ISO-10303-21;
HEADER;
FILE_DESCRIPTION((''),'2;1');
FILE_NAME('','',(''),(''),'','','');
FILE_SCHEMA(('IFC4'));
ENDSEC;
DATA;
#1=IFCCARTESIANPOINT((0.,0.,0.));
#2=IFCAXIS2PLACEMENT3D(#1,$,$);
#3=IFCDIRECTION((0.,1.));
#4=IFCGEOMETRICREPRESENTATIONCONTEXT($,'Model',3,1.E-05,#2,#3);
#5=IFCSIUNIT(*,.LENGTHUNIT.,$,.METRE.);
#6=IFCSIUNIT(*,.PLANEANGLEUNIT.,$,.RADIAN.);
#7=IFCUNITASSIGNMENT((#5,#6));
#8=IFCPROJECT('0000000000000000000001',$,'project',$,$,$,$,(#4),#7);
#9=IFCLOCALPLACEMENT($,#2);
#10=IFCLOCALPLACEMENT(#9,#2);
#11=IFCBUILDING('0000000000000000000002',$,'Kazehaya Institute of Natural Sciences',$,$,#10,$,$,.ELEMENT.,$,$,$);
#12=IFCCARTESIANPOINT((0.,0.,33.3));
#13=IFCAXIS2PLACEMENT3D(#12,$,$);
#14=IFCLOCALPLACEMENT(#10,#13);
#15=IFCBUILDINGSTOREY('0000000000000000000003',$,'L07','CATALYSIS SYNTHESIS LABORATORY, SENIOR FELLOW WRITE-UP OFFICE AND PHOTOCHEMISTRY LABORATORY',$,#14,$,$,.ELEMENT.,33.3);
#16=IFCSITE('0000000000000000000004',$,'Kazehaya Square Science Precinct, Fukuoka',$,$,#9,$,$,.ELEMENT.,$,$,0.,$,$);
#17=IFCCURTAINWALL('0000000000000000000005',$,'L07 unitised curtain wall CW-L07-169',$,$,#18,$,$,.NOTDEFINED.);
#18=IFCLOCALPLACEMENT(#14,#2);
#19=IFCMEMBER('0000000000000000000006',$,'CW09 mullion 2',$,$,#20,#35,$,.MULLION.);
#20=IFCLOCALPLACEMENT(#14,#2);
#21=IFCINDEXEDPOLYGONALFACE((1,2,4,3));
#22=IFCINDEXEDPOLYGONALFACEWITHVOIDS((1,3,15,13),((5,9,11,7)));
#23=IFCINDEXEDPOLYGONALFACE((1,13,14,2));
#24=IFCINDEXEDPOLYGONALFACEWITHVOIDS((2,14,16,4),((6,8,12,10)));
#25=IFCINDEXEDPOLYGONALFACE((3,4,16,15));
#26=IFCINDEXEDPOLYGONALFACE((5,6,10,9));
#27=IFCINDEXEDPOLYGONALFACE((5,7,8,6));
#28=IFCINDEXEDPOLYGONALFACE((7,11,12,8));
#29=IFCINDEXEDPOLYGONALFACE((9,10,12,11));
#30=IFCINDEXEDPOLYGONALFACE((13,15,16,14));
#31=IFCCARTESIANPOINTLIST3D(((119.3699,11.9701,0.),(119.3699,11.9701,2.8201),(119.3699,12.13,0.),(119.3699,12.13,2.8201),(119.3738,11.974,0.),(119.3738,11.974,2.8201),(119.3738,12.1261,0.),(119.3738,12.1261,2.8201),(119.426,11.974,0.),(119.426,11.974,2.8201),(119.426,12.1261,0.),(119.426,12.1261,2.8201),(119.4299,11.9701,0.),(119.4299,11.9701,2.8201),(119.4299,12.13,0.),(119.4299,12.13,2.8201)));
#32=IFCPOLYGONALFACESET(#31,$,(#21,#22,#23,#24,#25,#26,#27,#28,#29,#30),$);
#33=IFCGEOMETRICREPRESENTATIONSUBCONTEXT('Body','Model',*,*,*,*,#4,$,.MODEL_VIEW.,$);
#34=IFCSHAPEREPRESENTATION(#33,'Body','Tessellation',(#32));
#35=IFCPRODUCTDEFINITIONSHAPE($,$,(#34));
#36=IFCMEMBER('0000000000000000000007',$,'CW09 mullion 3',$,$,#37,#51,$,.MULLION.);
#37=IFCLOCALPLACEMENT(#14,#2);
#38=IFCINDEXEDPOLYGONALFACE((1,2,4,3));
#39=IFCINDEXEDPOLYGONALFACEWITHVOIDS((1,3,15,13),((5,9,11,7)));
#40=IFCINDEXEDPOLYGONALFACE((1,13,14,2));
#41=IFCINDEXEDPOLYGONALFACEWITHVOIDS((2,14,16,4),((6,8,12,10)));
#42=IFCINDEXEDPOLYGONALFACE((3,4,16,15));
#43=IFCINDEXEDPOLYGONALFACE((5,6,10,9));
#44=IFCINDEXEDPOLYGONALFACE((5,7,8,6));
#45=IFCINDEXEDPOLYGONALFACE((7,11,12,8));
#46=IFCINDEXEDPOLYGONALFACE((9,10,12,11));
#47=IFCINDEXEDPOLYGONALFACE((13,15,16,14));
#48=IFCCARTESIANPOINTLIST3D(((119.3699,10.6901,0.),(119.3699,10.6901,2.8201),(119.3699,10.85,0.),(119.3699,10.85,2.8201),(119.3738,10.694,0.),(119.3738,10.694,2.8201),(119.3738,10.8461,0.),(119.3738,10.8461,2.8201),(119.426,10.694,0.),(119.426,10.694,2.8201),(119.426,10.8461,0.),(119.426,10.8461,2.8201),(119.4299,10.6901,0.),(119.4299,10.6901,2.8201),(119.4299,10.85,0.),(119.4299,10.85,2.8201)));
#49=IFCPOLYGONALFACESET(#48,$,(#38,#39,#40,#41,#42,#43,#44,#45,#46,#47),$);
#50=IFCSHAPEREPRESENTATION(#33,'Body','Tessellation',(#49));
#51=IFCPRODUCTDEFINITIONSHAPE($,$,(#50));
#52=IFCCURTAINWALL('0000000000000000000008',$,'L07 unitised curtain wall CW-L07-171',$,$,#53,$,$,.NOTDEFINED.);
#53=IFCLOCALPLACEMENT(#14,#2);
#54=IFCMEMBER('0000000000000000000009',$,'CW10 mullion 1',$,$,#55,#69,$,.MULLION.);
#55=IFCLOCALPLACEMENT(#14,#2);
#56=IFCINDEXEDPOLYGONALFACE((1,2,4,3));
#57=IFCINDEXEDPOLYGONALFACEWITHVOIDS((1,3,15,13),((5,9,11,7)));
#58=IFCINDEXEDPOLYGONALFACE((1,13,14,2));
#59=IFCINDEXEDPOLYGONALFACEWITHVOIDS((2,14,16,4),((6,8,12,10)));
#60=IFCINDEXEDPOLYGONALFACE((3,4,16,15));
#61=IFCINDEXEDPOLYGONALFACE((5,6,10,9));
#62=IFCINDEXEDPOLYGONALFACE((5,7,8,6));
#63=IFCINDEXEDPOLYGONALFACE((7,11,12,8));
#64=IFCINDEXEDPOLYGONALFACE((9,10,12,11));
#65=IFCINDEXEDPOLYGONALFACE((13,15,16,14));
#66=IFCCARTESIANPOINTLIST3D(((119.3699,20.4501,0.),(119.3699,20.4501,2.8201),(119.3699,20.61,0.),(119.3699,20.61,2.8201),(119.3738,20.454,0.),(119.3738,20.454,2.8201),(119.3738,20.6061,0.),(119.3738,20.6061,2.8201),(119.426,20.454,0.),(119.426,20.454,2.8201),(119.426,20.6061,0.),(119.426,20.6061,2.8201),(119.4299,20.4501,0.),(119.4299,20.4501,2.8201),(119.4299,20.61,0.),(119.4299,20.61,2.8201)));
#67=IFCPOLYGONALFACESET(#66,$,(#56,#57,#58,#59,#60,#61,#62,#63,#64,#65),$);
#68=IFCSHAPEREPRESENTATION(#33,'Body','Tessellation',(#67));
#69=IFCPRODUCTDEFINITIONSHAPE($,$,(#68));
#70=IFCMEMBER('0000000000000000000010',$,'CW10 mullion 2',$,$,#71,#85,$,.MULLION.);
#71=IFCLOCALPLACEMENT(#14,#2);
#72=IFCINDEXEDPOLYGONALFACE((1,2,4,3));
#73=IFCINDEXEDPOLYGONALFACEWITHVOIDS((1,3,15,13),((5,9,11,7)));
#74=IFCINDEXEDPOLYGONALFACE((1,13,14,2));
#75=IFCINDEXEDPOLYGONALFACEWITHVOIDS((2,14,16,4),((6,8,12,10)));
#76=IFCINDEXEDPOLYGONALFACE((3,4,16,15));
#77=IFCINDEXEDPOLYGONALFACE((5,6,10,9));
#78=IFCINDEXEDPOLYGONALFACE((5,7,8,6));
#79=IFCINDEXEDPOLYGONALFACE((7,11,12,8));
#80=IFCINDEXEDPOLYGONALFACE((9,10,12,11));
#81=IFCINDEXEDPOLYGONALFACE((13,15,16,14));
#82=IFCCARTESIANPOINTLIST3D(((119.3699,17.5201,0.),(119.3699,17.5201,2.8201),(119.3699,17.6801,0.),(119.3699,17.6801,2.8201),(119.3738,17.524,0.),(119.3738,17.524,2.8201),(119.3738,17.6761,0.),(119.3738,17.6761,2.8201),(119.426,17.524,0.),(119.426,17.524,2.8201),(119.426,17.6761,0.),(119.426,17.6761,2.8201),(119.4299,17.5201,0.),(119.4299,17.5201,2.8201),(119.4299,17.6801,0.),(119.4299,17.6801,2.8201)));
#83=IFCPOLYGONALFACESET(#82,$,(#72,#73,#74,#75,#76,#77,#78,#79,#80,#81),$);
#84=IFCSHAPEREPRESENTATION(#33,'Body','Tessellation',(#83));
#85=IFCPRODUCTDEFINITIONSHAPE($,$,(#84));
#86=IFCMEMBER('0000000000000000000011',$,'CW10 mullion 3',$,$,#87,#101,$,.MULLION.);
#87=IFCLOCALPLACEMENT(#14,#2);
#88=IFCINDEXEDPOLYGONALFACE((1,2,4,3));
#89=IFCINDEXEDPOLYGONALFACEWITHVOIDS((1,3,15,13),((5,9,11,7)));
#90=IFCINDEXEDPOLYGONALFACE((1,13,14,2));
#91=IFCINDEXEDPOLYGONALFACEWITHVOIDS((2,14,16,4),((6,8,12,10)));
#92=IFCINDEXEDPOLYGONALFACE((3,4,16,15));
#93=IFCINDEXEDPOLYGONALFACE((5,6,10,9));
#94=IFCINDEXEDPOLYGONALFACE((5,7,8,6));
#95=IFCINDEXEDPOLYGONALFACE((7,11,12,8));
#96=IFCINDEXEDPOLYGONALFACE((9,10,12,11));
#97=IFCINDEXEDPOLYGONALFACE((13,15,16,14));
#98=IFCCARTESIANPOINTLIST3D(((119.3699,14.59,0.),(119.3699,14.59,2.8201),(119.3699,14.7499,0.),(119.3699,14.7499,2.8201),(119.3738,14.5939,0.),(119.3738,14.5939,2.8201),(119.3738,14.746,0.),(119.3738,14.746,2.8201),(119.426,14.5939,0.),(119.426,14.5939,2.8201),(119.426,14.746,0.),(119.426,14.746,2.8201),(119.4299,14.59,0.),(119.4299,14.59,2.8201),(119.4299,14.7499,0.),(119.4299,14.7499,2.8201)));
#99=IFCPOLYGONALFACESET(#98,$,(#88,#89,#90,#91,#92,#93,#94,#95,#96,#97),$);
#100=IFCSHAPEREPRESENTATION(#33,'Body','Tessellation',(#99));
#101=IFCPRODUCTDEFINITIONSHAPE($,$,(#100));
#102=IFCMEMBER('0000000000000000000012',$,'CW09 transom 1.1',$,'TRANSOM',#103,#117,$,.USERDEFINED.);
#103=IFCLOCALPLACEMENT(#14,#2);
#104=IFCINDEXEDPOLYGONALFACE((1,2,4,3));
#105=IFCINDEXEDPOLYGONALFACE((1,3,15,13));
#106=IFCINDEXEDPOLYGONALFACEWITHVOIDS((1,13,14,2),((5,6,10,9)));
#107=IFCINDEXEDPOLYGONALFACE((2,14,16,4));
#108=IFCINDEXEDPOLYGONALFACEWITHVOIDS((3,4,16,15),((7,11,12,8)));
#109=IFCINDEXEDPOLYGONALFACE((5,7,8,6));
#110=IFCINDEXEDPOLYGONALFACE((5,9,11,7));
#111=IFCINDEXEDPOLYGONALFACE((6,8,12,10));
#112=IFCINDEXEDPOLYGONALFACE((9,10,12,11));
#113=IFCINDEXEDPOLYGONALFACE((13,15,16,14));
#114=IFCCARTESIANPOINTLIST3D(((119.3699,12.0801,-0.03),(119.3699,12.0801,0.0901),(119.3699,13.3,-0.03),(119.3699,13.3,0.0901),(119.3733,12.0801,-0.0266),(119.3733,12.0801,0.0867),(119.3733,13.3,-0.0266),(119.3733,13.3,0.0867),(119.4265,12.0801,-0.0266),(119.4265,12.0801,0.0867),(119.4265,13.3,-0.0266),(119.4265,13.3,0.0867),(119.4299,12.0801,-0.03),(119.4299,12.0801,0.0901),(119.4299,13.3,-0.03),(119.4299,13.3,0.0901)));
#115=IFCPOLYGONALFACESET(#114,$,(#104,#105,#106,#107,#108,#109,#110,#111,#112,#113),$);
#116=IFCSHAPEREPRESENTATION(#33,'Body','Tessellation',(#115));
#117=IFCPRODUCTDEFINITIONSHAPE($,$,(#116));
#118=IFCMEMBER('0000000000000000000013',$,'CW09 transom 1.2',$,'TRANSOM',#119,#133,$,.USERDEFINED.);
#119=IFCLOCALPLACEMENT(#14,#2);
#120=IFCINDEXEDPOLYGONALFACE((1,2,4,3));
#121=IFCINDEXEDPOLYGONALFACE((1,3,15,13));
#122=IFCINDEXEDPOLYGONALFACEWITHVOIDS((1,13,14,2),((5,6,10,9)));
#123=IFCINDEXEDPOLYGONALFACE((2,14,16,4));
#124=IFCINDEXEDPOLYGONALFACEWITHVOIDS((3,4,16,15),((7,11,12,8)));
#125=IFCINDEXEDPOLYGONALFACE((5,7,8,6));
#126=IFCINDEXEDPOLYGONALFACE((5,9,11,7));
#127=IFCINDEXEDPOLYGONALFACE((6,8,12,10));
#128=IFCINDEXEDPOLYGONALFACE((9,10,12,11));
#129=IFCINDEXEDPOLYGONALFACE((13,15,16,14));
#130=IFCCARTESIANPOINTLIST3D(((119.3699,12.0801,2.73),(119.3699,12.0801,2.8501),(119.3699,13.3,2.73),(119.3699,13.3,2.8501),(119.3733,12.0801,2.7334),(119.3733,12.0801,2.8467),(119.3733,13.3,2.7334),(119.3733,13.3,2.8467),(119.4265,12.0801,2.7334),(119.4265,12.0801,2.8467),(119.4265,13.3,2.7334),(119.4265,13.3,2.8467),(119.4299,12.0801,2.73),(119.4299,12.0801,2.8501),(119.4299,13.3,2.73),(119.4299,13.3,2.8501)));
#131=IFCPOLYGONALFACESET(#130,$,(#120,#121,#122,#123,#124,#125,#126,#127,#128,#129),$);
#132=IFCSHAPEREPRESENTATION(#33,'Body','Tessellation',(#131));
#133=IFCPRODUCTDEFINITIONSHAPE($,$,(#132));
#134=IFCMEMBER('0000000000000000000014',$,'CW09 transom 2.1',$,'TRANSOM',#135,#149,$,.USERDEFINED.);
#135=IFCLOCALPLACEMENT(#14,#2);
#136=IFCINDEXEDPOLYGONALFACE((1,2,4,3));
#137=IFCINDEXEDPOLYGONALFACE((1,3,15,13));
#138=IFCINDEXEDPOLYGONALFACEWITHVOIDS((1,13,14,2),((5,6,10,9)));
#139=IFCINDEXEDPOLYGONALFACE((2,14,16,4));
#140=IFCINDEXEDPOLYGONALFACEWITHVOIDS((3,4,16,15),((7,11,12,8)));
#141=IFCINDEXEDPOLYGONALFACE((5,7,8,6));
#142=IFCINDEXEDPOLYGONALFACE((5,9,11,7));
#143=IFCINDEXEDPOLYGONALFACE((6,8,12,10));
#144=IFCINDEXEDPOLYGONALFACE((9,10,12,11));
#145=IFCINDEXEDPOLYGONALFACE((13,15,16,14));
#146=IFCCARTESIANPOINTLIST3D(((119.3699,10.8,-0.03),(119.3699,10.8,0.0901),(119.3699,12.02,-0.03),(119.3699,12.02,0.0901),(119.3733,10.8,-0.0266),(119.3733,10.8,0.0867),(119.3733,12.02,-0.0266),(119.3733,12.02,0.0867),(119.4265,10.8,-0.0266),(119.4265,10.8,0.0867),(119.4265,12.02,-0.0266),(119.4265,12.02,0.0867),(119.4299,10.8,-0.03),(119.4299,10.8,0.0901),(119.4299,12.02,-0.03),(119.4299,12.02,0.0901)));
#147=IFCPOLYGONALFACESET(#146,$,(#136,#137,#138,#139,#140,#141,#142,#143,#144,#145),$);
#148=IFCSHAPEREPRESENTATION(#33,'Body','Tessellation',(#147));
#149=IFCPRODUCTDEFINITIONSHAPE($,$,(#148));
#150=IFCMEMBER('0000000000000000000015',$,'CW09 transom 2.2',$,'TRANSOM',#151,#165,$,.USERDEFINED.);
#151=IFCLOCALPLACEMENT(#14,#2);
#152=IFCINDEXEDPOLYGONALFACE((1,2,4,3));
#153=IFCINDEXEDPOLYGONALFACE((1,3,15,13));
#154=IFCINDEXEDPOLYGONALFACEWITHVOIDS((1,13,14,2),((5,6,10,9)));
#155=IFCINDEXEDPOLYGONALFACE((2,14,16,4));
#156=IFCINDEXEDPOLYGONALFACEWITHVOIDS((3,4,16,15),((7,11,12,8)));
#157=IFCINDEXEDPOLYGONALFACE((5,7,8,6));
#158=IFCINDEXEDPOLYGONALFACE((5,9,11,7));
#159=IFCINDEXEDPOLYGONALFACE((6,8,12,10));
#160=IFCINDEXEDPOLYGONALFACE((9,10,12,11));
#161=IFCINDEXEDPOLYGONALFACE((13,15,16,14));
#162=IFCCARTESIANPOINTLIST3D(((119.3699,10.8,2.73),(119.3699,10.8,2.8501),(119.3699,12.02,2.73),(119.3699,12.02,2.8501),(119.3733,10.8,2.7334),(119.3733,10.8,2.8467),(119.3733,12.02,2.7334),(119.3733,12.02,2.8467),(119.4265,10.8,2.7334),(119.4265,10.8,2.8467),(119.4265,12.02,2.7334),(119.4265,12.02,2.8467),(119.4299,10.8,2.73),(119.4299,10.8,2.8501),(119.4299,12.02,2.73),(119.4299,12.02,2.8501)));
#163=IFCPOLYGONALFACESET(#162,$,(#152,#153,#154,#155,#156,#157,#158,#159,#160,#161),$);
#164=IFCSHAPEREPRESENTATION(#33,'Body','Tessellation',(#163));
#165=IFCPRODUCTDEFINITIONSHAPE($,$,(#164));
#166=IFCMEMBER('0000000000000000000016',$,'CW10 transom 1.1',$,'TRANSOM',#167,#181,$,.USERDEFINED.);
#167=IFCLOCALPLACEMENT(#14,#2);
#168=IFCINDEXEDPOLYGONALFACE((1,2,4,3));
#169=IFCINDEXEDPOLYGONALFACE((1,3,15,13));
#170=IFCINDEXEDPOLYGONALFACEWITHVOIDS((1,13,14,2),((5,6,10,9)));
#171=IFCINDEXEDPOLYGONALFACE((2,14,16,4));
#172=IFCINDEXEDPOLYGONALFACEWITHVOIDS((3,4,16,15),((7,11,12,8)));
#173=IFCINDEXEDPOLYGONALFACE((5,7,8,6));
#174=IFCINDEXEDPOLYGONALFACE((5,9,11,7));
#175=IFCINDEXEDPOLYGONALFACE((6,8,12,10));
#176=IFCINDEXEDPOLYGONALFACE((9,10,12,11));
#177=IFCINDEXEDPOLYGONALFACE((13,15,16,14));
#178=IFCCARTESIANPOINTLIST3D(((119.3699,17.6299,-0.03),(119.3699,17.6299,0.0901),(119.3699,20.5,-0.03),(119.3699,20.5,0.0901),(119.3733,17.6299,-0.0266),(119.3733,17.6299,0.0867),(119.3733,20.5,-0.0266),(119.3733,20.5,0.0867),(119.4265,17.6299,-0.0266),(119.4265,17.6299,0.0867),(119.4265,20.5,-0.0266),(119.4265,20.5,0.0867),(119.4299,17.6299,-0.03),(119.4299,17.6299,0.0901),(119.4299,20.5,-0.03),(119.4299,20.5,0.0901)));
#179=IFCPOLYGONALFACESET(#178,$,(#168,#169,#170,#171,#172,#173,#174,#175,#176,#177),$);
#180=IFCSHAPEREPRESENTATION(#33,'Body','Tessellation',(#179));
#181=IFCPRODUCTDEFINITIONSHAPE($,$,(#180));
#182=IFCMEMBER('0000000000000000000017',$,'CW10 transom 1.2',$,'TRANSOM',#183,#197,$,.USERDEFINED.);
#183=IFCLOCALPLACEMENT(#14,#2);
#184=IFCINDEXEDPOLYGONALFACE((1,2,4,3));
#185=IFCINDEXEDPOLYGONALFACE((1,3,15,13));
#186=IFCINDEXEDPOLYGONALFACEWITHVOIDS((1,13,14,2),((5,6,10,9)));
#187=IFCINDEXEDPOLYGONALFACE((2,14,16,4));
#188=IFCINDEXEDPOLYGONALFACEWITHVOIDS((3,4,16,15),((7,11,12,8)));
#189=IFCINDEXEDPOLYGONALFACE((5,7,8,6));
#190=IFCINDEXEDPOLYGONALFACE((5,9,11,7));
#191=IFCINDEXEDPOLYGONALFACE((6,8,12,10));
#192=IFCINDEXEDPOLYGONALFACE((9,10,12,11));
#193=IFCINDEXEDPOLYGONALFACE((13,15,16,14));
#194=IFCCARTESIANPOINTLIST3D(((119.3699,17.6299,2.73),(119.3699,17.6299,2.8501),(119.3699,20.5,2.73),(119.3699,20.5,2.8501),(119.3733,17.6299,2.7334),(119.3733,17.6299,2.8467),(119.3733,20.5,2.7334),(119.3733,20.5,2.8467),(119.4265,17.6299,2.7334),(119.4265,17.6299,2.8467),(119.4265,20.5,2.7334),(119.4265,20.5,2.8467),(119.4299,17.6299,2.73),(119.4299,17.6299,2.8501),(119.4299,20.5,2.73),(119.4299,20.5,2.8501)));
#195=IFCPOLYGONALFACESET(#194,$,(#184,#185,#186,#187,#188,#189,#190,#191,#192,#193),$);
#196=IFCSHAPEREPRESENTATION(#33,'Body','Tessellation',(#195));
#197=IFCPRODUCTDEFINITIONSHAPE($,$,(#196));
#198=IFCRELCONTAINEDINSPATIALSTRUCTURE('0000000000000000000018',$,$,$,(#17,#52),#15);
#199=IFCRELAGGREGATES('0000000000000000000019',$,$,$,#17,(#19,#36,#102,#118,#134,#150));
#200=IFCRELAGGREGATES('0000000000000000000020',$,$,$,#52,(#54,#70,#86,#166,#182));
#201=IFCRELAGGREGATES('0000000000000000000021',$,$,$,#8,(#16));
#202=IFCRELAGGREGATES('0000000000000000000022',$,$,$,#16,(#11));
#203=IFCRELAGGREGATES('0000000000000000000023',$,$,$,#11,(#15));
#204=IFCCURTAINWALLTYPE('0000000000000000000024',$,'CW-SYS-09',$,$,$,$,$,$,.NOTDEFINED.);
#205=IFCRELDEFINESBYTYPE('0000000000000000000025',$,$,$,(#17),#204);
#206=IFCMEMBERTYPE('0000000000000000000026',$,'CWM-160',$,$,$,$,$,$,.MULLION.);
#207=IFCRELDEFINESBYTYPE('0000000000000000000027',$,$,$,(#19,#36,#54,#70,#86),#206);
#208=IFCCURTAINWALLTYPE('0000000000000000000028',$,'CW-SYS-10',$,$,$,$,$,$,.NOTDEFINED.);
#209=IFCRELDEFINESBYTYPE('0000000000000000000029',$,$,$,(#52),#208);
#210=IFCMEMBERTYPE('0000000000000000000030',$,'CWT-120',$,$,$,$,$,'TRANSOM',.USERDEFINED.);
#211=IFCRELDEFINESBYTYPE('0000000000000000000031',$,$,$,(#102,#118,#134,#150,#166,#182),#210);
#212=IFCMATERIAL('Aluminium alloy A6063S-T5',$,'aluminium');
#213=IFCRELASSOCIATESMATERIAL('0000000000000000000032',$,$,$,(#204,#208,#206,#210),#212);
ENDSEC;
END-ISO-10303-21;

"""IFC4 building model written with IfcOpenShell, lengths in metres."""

from ifc_helpers import new_model, si_unit, direction, frame, origin, origin_2d, place, context, subcontext, project, spatial, hollow_rectangle, extrude, material, material_profile, profile_set, type_object, element, aggregate, save


model = new_model("IFC4")

# Units and contexts
model_context = context("Model", 3, precision=1e-05, world=origin(), true_north=direction((0.0, 1.0)))
body_context = subcontext(model_context, "Body", "Model", "MODEL_VIEW")
ifc_project = project(units=[si_unit("LENGTHUNIT", "METRE"), si_unit("PLANEANGLEUNIT", "RADIAN")], contexts=[model_context])

# Site, building, storey
site_placement = place(None, origin())
site = spatial("IfcSite", under=ifc_project, at=site_placement, Name="Kazehaya Square Science Precinct, Fukuoka", CompositionType="ELEMENT", RefElevation=0.0)
building_placement = place(site_placement, origin())
building = spatial("IfcBuilding", under=site, at=building_placement, Name="Kazehaya Institute of Natural Sciences", CompositionType="ELEMENT")
storey_placement = place(building_placement, frame((0.0, 0.0, 33.3)))
storey = spatial("IfcBuildingStorey", under=building, at=storey_placement, Name="L07", Description="CATALYSIS SYNTHESIS LABORATORY, SENIOR FELLOW WRITE-UP OFFICE AND PHOTOCHEMISTRY LABORATORY", CompositionType="ELEMENT", Elevation=33.3)

# Curtain walls, members
ifc_material_1 = material(Name="Aluminium alloy A6063S-T5", Category="aluminium")
curtain_wall_type_1 = type_object("IfcCurtainWallType", Name="CW-SYS-09", PredefinedType="NOTDEFINED", material=ifc_material_1)
curtain_wall_1_placement = place(storey_placement, origin())
curtain_wall_1 = element("IfcCurtainWall", 1, at=curtain_wall_1_placement, inside=storey, type_object=curtain_wall_type_1, Name="L07 unitised curtain wall CW-L07-169", PredefinedType="NOTDEFINED")
ifc_material_profile_1 = material_profile(ifc_material_1, hollow_rectangle(XDim=0.0601, YDim=0.1599, WallThickness=0.0039, at=origin_2d()), Name="ALU-60x160x4")
ifc_profile_set_1 = profile_set([ifc_material_profile_1], Name="Aluminium alloy A6063S-T5")
member_type_1 = type_object("IfcMemberType", Name="CWM-160", PredefinedType="MULLION", material=ifc_profile_set_1)
member_1_placement = place(storey_placement, frame((119.3999, 12.05, 0.0), z_axis=(0.0, 0.0, 1.0), x_axis=(1.0, 0.0, 0.0)))
member_1 = element("IfcMember", 2, at=member_1_placement, type_object=member_type_1, Name="CW09 mullion 2", PredefinedType="MULLION", context=body_context, shape_type="SweptSolid", body=[
    extrude(hollow_rectangle(XDim=0.0601, YDim=0.1599, WallThickness=0.0039, at=origin_2d()), origin(), (0.0, 0.0, 1.0), 2.8201),
])
member_2_placement = place(storey_placement, frame((119.3999, 10.77, 0.0), z_axis=(0.0, 0.0, 1.0), x_axis=(1.0, 0.0, 0.0)))
member_2 = element("IfcMember", 3, at=member_2_placement, type_object=member_type_1, Name="CW09 mullion 3", PredefinedType="MULLION", context=body_context, shape_type="SweptSolid", body=[
    extrude(hollow_rectangle(XDim=0.0601, YDim=0.1599, WallThickness=0.0039, at=origin_2d()), origin(), (0.0, 0.0, 1.0), 2.8201),
])
curtain_wall_type_2 = type_object("IfcCurtainWallType", Name="CW-SYS-10", PredefinedType="NOTDEFINED", material=ifc_material_1)
curtain_wall_2_placement = place(storey_placement, origin())
curtain_wall_2 = element("IfcCurtainWall", 4, at=curtain_wall_2_placement, inside=storey, type_object=curtain_wall_type_2, Name="L07 unitised curtain wall CW-L07-171", PredefinedType="NOTDEFINED")
member_3_placement = place(storey_placement, frame((119.3999, 20.53, 0.0), z_axis=(0.0, 0.0, 1.0), x_axis=(1.0, 0.0, 0.0)))
member_3 = element("IfcMember", 5, at=member_3_placement, type_object=member_type_1, Name="CW10 mullion 1", PredefinedType="MULLION", context=body_context, shape_type="SweptSolid", body=[
    extrude(hollow_rectangle(XDim=0.0601, YDim=0.1599, WallThickness=0.0039, at=origin_2d()), origin(), (0.0, 0.0, 1.0), 2.8201),
])
member_4_placement = place(storey_placement, frame((119.3999, 17.6001, 0.0), z_axis=(0.0, 0.0, 1.0), x_axis=(1.0, 0.0, 0.0)))
member_4 = element("IfcMember", 6, at=member_4_placement, type_object=member_type_1, Name="CW10 mullion 2", PredefinedType="MULLION", context=body_context, shape_type="SweptSolid", body=[
    extrude(hollow_rectangle(XDim=0.0601, YDim=0.1599, WallThickness=0.0039, at=origin_2d()), origin(), (0.0, 0.0, 1.0), 2.8201),
])
member_5_placement = place(storey_placement, frame((119.3999, 14.6699, 0.0), z_axis=(0.0, 0.0, 1.0), x_axis=(1.0, 0.0, 0.0)))
member_5 = element("IfcMember", 7, at=member_5_placement, type_object=member_type_1, Name="CW10 mullion 3", PredefinedType="MULLION", context=body_context, shape_type="SweptSolid", body=[
    extrude(hollow_rectangle(XDim=0.0601, YDim=0.1599, WallThickness=0.0039, at=origin_2d()), origin(), (0.0, 0.0, 1.0), 2.8201),
])

# Members
ifc_material_profile_2 = material_profile(ifc_material_1, hollow_rectangle(XDim=0.0601, YDim=0.1201, WallThickness=0.0034, at=origin_2d()), Name="ALU-60x120x3.5")
ifc_profile_set_2 = profile_set([ifc_material_profile_2], Name="Aluminium alloy A6063S-T5")
member_type_2 = type_object("IfcMemberType", Name="CWT-120", ElementType="TRANSOM", PredefinedType="USERDEFINED", material=ifc_profile_set_2)
member_6_placement = place(storey_placement, frame((119.3999, 13.3, 0.03), z_axis=(0.0, -1.0, 0.0), x_axis=(1.0, 0.0, 0.0)))
member_6 = element("IfcMember", 8, at=member_6_placement, type_object=member_type_2, Name="CW09 transom 1.1", ObjectType="TRANSOM", PredefinedType="USERDEFINED", context=body_context, shape_type="SweptSolid", body=[
    extrude(hollow_rectangle(XDim=0.0601, YDim=0.1201, WallThickness=0.0034, at=origin_2d()), origin(), (0.0, 0.0, 1.0), 1.22),
])
member_7_placement = place(storey_placement, frame((119.3999, 13.3, 2.79), z_axis=(0.0, -1.0, 0.0), x_axis=(1.0, 0.0, 0.0)))
member_7 = element("IfcMember", 9, at=member_7_placement, type_object=member_type_2, Name="CW09 transom 1.2", ObjectType="TRANSOM", PredefinedType="USERDEFINED", context=body_context, shape_type="SweptSolid", body=[
    extrude(hollow_rectangle(XDim=0.0601, YDim=0.1201, WallThickness=0.0034, at=origin_2d()), origin(), (0.0, 0.0, 1.0), 1.22),
])
member_8_placement = place(storey_placement, frame((119.3999, 12.02, 0.03), z_axis=(0.0, -1.0, 0.0), x_axis=(1.0, 0.0, 0.0)))
member_8 = element("IfcMember", 10, at=member_8_placement, type_object=member_type_2, Name="CW09 transom 2.1", ObjectType="TRANSOM", PredefinedType="USERDEFINED", context=body_context, shape_type="SweptSolid", body=[
    extrude(hollow_rectangle(XDim=0.0601, YDim=0.1201, WallThickness=0.0034, at=origin_2d()), origin(), (0.0, 0.0, 1.0), 1.22),
])
member_9_placement = place(storey_placement, frame((119.3999, 12.02, 2.79), z_axis=(0.0, -1.0, 0.0), x_axis=(1.0, 0.0, 0.0)))
member_9 = element("IfcMember", 11, at=member_9_placement, type_object=member_type_2, Name="CW09 transom 2.2", ObjectType="TRANSOM", PredefinedType="USERDEFINED", context=body_context, shape_type="SweptSolid", body=[
    extrude(hollow_rectangle(XDim=0.0601, YDim=0.1201, WallThickness=0.0034, at=origin_2d()), origin(), (0.0, 0.0, 1.0), 1.22),
])
member_10_placement = place(storey_placement, frame((119.3999, 20.5, 0.03), z_axis=(0.0, -1.0, 0.0), x_axis=(1.0, 0.0, 0.0)))
member_10 = element("IfcMember", 12, at=member_10_placement, type_object=member_type_2, Name="CW10 transom 1.1", ObjectType="TRANSOM", PredefinedType="USERDEFINED", context=body_context, shape_type="SweptSolid", body=[
    extrude(hollow_rectangle(XDim=0.0601, YDim=0.1201, WallThickness=0.0034, at=origin_2d()), origin(), (0.0, 0.0, 1.0), 2.8701),
])
member_11_placement = place(storey_placement, frame((119.3999, 20.5, 2.79), z_axis=(0.0, -1.0, 0.0), x_axis=(1.0, 0.0, 0.0)))
member_11 = element("IfcMember", 13, at=member_11_placement, type_object=member_type_2, Name="CW10 transom 1.2", ObjectType="TRANSOM", PredefinedType="USERDEFINED", context=body_context, shape_type="SweptSolid", body=[
    extrude(hollow_rectangle(XDim=0.0601, YDim=0.1201, WallThickness=0.0034, at=origin_2d()), origin(), (0.0, 0.0, 1.0), 2.8701),
])

aggregate(curtain_wall_1, [member_1, member_2, member_6, member_7, member_8, member_9])
aggregate(curtain_wall_2, [member_3, member_4, member_5, member_10, member_11])

save(model, "model.ifc")
